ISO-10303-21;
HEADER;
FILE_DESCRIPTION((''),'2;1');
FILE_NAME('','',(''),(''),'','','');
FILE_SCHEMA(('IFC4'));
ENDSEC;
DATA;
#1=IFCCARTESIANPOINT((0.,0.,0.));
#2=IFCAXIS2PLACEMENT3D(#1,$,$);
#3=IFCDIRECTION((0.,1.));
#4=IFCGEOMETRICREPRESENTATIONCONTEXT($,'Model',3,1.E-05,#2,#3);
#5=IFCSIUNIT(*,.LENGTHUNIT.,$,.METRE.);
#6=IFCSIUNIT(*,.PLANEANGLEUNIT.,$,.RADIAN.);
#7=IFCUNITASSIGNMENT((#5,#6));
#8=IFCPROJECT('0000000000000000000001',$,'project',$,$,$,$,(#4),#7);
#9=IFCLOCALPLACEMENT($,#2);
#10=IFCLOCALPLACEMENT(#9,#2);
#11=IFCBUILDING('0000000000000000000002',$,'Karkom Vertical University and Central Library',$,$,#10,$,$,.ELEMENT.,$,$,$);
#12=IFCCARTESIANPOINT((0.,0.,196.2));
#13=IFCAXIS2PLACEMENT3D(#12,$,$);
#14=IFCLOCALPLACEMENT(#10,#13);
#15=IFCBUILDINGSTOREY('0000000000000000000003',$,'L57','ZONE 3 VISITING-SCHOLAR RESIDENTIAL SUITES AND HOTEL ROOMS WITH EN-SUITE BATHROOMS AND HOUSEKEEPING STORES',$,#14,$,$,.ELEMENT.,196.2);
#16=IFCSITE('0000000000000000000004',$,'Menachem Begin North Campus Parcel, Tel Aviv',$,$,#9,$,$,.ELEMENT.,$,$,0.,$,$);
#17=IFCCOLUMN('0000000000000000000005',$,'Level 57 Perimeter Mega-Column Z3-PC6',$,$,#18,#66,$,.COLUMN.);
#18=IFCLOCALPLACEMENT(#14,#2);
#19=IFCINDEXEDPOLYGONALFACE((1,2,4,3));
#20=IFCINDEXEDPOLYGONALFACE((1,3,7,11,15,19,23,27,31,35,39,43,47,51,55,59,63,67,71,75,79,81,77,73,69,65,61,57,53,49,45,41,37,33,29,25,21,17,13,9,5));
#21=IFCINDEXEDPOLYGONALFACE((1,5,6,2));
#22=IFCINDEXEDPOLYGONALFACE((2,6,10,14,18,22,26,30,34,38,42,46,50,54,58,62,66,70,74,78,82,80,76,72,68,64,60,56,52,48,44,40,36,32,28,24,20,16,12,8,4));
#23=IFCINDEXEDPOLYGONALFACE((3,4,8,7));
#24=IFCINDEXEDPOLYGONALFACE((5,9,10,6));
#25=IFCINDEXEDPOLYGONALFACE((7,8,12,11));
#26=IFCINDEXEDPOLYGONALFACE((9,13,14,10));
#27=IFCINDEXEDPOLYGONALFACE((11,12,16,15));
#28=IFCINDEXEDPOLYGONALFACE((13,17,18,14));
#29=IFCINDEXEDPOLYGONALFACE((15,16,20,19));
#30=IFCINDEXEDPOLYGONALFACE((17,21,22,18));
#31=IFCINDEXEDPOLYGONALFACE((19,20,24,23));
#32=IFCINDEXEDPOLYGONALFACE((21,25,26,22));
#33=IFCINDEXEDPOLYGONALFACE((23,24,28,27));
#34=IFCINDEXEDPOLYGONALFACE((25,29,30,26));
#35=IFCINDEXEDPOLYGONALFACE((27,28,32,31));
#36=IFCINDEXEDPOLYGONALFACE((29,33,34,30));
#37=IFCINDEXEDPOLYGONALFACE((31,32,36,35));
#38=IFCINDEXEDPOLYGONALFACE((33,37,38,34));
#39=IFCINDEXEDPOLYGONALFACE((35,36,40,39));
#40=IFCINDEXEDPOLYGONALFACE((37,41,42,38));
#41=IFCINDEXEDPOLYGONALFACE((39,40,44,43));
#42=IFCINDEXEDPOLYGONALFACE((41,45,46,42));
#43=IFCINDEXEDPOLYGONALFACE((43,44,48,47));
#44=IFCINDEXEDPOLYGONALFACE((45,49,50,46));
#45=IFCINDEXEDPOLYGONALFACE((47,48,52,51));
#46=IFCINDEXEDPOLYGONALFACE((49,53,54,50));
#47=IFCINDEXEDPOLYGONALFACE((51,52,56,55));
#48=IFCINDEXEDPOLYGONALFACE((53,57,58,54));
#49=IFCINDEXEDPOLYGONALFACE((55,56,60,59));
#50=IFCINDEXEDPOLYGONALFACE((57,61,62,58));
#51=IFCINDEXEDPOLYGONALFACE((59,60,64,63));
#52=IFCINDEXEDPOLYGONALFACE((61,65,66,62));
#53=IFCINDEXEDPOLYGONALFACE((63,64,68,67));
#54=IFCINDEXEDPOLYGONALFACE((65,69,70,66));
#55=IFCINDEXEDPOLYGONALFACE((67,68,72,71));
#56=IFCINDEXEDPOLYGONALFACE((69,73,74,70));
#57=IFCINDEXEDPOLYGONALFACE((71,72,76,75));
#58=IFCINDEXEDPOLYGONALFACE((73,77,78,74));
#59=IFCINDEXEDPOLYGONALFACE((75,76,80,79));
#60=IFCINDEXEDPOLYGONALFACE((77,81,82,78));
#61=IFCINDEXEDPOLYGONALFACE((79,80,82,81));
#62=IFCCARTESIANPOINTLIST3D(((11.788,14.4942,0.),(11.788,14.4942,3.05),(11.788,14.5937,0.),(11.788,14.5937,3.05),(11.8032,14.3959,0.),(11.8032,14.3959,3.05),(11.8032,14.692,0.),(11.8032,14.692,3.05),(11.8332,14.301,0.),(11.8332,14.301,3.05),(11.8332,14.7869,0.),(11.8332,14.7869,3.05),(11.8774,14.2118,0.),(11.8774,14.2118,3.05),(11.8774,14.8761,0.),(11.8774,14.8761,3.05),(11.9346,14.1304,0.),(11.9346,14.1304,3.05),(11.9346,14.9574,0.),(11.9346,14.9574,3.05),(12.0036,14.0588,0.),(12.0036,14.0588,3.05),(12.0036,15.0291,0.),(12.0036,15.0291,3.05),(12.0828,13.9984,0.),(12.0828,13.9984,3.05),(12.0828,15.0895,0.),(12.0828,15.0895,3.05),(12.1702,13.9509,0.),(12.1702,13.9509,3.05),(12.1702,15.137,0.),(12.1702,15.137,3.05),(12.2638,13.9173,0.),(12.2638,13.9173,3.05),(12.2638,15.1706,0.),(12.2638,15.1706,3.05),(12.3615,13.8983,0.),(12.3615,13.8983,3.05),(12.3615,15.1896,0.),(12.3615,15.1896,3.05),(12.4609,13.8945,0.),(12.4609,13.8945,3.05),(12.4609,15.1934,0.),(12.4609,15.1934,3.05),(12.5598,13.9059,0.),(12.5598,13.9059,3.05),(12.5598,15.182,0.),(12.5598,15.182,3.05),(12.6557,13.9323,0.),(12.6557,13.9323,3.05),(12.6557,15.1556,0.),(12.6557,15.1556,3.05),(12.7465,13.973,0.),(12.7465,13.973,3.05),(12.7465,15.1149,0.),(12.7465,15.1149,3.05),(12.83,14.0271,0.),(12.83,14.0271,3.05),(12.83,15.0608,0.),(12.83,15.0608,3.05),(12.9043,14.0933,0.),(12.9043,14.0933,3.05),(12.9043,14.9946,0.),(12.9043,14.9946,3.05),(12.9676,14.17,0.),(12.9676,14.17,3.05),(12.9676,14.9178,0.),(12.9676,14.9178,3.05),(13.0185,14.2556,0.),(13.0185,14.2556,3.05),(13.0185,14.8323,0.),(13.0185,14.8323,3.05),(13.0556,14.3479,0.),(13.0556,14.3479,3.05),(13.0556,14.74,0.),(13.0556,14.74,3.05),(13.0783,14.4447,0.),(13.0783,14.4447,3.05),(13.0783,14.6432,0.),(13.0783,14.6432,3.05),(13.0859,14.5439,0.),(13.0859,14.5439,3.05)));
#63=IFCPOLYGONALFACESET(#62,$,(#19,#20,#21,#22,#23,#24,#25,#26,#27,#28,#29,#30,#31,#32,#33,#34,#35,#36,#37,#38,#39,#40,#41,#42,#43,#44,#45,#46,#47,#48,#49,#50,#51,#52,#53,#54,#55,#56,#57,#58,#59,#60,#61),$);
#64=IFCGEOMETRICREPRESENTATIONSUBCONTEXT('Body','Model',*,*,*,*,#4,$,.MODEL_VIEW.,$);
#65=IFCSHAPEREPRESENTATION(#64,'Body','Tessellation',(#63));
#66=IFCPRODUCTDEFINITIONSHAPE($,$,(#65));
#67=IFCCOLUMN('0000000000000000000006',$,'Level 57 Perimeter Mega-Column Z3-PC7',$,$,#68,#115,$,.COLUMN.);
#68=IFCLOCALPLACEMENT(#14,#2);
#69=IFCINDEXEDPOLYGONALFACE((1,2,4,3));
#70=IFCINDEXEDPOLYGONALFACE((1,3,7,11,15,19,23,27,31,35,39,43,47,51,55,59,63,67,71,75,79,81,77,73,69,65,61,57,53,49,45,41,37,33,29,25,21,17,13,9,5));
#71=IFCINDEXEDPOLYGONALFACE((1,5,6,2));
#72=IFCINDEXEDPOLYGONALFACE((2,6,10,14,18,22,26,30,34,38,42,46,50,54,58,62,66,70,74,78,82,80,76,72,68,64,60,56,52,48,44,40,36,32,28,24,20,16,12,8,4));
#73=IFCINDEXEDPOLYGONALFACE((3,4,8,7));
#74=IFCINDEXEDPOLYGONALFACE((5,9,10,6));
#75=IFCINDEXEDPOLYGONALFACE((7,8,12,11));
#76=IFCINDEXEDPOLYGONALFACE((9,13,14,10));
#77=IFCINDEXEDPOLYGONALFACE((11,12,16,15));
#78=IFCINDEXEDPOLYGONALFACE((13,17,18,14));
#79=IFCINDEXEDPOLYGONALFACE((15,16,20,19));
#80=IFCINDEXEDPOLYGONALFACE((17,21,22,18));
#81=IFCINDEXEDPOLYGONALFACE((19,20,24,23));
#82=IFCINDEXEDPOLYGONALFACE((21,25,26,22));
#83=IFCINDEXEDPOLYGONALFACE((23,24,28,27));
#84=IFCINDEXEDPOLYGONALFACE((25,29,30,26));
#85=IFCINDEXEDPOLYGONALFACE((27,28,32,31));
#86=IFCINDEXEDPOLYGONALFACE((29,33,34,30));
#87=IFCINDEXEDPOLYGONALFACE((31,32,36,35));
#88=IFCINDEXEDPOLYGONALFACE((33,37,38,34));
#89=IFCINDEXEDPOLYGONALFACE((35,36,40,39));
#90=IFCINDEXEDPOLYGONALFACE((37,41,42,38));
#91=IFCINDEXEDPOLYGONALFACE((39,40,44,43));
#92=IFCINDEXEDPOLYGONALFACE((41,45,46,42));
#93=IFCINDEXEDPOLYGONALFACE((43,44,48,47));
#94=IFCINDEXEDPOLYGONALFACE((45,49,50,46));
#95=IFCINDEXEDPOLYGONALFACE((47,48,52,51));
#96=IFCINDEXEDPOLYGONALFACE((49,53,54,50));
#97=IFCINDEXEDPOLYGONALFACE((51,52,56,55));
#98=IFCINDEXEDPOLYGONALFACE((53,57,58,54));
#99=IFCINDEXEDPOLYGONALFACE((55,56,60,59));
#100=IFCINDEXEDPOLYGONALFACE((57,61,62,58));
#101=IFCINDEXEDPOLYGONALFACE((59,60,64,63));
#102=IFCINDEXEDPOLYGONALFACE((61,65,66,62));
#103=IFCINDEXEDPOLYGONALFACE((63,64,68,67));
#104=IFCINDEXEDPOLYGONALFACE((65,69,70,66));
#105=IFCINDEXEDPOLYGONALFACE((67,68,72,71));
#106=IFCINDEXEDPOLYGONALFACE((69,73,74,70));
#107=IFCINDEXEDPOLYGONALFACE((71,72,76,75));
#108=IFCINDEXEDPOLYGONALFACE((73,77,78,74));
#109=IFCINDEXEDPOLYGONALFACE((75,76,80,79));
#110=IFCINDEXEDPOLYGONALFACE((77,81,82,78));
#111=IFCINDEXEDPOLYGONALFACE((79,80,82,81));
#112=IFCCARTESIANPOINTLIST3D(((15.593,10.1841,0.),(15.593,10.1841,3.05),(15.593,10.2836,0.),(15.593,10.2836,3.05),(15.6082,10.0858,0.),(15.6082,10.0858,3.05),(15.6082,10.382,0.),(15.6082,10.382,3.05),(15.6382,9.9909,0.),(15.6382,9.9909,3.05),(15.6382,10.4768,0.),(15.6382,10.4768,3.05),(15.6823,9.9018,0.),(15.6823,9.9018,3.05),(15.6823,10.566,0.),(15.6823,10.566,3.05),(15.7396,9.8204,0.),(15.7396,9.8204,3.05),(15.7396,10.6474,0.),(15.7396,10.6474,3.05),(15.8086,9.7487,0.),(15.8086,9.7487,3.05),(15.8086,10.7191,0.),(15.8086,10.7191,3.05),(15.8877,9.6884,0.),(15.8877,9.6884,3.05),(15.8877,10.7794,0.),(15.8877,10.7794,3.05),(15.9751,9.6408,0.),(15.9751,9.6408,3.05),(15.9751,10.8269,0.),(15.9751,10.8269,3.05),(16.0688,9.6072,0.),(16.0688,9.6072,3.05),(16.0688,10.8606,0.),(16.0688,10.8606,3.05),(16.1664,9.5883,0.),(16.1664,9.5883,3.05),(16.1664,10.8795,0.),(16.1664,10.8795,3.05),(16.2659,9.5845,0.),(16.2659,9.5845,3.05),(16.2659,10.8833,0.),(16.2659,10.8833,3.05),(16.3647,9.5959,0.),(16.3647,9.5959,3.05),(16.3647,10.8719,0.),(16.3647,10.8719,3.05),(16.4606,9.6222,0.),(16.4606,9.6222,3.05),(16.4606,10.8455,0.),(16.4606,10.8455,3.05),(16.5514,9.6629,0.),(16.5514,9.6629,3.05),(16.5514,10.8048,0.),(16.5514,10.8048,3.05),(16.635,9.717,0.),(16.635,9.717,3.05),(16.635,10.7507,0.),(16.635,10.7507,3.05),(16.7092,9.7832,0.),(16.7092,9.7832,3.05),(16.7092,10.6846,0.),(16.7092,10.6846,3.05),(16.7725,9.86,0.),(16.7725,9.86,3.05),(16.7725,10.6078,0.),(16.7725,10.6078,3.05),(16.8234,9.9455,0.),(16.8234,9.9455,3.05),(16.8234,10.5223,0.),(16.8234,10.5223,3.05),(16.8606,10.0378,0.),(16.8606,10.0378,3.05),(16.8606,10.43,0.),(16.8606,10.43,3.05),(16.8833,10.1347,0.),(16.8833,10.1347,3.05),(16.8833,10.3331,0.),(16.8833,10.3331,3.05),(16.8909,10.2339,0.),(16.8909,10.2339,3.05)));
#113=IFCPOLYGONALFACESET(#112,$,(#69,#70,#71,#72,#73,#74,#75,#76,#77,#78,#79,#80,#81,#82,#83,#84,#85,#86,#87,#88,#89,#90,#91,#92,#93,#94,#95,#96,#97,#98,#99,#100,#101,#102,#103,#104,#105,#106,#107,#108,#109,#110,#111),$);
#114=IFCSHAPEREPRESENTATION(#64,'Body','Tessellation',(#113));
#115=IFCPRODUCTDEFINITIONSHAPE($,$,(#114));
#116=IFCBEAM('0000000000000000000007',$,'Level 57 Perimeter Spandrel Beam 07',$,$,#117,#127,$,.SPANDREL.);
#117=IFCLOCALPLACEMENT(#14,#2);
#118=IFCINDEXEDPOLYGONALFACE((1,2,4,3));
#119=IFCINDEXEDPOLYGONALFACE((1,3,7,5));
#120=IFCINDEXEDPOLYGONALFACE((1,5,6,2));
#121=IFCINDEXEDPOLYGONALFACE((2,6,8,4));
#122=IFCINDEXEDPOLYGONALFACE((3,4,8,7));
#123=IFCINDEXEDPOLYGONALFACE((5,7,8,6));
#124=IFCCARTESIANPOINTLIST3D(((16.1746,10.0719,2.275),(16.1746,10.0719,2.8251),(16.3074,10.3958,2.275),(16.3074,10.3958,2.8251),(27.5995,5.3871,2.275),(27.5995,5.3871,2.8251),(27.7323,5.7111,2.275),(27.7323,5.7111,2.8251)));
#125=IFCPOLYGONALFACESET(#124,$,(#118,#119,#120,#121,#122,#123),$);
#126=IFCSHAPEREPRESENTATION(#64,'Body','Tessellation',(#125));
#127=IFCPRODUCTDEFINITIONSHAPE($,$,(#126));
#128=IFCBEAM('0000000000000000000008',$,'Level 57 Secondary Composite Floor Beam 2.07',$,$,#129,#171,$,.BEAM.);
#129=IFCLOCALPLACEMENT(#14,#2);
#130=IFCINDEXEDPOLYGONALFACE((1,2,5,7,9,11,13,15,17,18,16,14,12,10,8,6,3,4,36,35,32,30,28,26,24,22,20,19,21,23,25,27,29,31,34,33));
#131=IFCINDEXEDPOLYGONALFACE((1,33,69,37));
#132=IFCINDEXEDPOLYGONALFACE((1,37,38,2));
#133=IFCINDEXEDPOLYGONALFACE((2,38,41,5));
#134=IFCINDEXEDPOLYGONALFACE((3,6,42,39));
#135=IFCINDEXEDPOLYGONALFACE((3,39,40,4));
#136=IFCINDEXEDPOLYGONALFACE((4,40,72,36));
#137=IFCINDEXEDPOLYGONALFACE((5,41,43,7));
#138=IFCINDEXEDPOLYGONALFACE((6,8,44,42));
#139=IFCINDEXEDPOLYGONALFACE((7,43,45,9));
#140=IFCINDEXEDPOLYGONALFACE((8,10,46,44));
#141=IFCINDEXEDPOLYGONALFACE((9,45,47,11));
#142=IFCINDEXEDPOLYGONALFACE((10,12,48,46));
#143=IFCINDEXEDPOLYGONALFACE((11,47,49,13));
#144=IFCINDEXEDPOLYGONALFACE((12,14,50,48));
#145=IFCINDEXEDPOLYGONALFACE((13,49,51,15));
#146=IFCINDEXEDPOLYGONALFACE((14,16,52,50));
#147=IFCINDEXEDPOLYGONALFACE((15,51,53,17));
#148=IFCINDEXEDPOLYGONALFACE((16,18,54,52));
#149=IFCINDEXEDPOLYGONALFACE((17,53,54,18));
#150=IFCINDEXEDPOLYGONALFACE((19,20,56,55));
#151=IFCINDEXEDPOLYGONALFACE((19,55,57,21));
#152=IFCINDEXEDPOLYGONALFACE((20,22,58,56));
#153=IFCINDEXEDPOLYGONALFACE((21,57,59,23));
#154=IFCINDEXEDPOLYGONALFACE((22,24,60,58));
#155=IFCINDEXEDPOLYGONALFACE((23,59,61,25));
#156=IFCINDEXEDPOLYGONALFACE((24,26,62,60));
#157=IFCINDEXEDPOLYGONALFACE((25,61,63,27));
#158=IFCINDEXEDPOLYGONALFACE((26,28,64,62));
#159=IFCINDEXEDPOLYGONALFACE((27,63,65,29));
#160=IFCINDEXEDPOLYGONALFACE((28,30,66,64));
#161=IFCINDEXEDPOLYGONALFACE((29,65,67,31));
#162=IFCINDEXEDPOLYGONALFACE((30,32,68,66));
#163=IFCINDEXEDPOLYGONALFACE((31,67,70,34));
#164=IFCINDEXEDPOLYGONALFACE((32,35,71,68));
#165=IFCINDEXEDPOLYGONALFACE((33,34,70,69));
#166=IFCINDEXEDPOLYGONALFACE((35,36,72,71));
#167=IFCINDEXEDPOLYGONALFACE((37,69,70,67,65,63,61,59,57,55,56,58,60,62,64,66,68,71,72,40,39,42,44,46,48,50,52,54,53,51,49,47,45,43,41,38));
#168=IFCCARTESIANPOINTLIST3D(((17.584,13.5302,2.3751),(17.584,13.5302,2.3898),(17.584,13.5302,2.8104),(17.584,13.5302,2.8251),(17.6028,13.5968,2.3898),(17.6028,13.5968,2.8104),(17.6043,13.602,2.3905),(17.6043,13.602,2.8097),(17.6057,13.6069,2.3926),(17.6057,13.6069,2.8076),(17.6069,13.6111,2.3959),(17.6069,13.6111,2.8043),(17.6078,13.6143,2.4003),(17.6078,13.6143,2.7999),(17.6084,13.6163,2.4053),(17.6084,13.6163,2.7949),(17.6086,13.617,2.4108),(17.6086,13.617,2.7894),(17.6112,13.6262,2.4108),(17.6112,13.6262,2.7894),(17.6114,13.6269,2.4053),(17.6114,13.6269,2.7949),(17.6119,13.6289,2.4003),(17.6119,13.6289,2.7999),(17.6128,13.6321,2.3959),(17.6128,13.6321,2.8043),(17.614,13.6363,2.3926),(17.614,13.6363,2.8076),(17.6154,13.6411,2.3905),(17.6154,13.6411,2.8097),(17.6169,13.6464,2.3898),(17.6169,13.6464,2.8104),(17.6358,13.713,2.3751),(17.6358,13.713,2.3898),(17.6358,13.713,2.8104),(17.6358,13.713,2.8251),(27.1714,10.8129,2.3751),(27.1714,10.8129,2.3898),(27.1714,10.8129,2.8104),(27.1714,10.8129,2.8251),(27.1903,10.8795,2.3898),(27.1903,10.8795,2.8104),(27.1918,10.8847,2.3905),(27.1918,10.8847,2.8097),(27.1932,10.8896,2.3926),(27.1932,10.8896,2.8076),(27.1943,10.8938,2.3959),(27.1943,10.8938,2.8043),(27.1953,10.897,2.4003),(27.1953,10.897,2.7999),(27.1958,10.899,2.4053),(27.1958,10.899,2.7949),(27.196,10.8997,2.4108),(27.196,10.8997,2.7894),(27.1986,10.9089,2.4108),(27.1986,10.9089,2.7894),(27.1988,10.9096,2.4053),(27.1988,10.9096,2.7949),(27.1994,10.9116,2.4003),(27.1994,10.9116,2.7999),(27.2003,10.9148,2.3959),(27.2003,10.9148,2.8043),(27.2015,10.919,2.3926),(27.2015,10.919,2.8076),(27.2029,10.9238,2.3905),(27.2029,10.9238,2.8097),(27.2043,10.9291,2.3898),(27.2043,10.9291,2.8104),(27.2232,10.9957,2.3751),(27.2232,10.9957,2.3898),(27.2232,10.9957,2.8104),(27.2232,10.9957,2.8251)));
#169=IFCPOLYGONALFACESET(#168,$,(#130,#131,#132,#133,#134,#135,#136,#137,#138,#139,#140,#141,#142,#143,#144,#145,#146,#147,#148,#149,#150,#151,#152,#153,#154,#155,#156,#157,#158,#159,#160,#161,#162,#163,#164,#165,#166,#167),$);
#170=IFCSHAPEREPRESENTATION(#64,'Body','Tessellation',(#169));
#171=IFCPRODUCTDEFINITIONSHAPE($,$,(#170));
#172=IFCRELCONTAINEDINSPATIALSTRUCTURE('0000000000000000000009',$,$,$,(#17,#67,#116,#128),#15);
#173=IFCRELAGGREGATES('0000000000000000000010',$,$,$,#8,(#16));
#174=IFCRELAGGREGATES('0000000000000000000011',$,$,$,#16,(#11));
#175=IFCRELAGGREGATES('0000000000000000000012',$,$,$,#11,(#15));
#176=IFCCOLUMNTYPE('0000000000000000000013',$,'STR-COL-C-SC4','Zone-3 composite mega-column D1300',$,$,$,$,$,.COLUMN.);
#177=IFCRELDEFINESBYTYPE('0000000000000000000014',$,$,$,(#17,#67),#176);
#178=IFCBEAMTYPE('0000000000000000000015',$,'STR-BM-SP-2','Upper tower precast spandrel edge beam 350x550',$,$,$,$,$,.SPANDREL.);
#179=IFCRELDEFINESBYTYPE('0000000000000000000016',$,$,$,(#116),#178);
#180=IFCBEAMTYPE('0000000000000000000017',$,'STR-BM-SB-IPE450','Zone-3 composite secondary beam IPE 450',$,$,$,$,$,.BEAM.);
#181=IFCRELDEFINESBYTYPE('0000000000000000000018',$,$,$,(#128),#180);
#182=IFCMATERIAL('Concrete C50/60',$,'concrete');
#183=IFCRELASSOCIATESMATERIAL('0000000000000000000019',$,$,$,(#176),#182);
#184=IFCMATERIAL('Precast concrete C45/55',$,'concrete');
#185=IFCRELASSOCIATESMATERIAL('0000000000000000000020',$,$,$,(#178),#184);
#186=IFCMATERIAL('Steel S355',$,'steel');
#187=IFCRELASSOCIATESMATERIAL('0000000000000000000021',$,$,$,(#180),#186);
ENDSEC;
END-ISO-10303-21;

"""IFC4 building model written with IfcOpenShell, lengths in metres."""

from ifc_helpers import new_model, si_unit, direction, frame, origin, origin_with_axes, origin_2d, place, context, subcontext, project, spatial, rectangle, circle, i_section, extrude, source, transform, mapped, material, material_profile, profile_set, type_object, element, save


model = new_model("IFC4")

# Units and contexts
model_context = context("Model", 3, precision=1e-05, world=origin(), true_north=direction((0.0, 1.0)))
body_context = subcontext(model_context, "Body", "Model", "MODEL_VIEW")
ifc_project = project(units=[si_unit("LENGTHUNIT", "METRE"), si_unit("PLANEANGLEUNIT", "RADIAN")], contexts=[model_context])

# Site, building, storey
site_placement = place(None, origin())
site = spatial("IfcSite", under=ifc_project, at=site_placement, Name="Menachem Begin North Campus Parcel, Tel Aviv", CompositionType="ELEMENT", RefElevation=0.0)
building_placement = place(site_placement, origin())
building = spatial("IfcBuilding", under=site, at=building_placement, Name="Karkom Vertical University and Central Library", CompositionType="ELEMENT")
storey_placement = place(building_placement, frame((0.0, 0.0, 196.2)))
storey = spatial("IfcBuildingStorey", under=building, at=storey_placement, Name="L57", Description="ZONE 3 VISITING-SCHOLAR RESIDENTIAL SUITES AND HOTEL ROOMS WITH EN-SUITE BATHROOMS AND HOUSEKEEPING STORES", CompositionType="ELEMENT", Elevation=196.2)

# Columns
ifc_material_1 = material(Name="Concrete C50/60", Category="concrete")
ifc_material_profile_1 = material_profile(ifc_material_1, circle(Radius=0.6499, at=origin_2d()), Name="CFT-D1300")
ifc_profile_set_1 = profile_set([ifc_material_profile_1], Name="Concrete C50/60")
column_type = type_object("IfcColumnType", Name="STR-COL-C-SC4", Description="Zone-3 composite mega-column D1300", PredefinedType="COLUMN", material=ifc_profile_set_1)
shared_shape_1 = source(origin_with_axes(), body_context, "Body", "SweptSolid", [
    extrude(circle(Radius=0.6499, at=origin_2d()), origin(), (0.0, 0.0, 1.0), 3.05),
])
for number, where, z_axis, x_axis, name in (
    (1, (12.436, 14.5439, 0.0), (0.0, 0.0, 1.0), (1.0, 0.0, 0.0), "Level 57 Perimeter Mega-Column Z3-PC6"),
    (2, (16.241, 10.2339, 0.0), (0.0, 0.0, 1.0), (1.0, 0.0, 0.0), "Level 57 Perimeter Mega-Column Z3-PC7"),
):
    element("IfcColumn", number, at=place(storey_placement, frame(where, z_axis=z_axis, x_axis=x_axis)), inside=storey, type_object=column_type, Name=name, PredefinedType="COLUMN", context=body_context, shape_type="MappedRepresentation", body=[
        mapped(shared_shape_1, transform((0.0, 0.0, 0.0), scale=1.0)),
    ])

# Beams
ifc_material_2 = material(Name="Precast concrete C45/55", Category="concrete")
ifc_material_profile_2 = material_profile(ifc_material_2, rectangle(XDim=0.3501, YDim=0.55, at=origin_2d()), Name="SPB-350x550")
ifc_profile_set_2 = profile_set([ifc_material_profile_2], Name="Precast concrete C45/55")
beam_type_1 = type_object("IfcBeamType", Name="STR-BM-SP-2", Description="Upper tower precast spandrel edge beam 350x550", PredefinedType="SPANDREL", material=ifc_profile_set_2)
shared_shape_2 = source(origin_with_axes(), body_context, "Body", "SweptSolid", [
    extrude(rectangle(XDim=0.3501, YDim=0.55, at=origin_2d()), origin(), (0.0, 0.0, 1.0), 12.3481),
])
beam_1_placement = place(storey_placement, frame((16.241, 10.2339, 2.55), z_axis=(0.925236, -0.379391, 0.0), x_axis=(0.379391, 0.925236, 0.0)))
element("IfcBeam", 3, at=beam_1_placement, inside=storey, type_object=beam_type_1, Name="Level 57 Perimeter Spandrel Beam 07", PredefinedType="SPANDREL", context=body_context, shape_type="MappedRepresentation", body=[
    mapped(shared_shape_2, transform((0.0, 0.0, 0.0), scale=1.0)),
])
ifc_material_3 = material(Name="Steel S355", Category="steel")
ifc_material_profile_3 = material_profile(ifc_material_3, i_section(OverallWidth=0.1899, OverallDepth=0.45, WebThickness=0.0095, FlangeThickness=0.0146, FilletRadius=0.021, at=origin_2d()), Name="IPE 450")
ifc_profile_set_3 = profile_set([ifc_material_profile_3], Name="Steel S355")
beam_type_2 = type_object("IfcBeamType", Name="STR-BM-SB-IPE450", Description="Zone-3 composite secondary beam IPE 450", PredefinedType="BEAM", material=ifc_profile_set_3)
shared_shape_3 = source(origin_with_axes(), body_context, "Body", "SweptSolid", [
    extrude(i_section(OverallWidth=0.1899, OverallDepth=0.45, WebThickness=0.0095, FlangeThickness=0.0146, FilletRadius=0.021, at=origin_2d()), origin(), (0.0, 0.0, 1.0), 9.9651),
])
beam_2_placement = place(storey_placement, frame((17.6099, 13.6216, 2.6001), z_axis=(0.962104, -0.272682, 0.0), x_axis=(0.272682, 0.962104, 0.0)))
element("IfcBeam", 4, at=beam_2_placement, inside=storey, type_object=beam_type_2, Name="Level 57 Secondary Composite Floor Beam 2.07", PredefinedType="BEAM", context=body_context, shape_type="MappedRepresentation", body=[
    mapped(shared_shape_3, transform((0.0, 0.0, 0.0), scale=1.0)),
])

save(model, "model.ifc")
